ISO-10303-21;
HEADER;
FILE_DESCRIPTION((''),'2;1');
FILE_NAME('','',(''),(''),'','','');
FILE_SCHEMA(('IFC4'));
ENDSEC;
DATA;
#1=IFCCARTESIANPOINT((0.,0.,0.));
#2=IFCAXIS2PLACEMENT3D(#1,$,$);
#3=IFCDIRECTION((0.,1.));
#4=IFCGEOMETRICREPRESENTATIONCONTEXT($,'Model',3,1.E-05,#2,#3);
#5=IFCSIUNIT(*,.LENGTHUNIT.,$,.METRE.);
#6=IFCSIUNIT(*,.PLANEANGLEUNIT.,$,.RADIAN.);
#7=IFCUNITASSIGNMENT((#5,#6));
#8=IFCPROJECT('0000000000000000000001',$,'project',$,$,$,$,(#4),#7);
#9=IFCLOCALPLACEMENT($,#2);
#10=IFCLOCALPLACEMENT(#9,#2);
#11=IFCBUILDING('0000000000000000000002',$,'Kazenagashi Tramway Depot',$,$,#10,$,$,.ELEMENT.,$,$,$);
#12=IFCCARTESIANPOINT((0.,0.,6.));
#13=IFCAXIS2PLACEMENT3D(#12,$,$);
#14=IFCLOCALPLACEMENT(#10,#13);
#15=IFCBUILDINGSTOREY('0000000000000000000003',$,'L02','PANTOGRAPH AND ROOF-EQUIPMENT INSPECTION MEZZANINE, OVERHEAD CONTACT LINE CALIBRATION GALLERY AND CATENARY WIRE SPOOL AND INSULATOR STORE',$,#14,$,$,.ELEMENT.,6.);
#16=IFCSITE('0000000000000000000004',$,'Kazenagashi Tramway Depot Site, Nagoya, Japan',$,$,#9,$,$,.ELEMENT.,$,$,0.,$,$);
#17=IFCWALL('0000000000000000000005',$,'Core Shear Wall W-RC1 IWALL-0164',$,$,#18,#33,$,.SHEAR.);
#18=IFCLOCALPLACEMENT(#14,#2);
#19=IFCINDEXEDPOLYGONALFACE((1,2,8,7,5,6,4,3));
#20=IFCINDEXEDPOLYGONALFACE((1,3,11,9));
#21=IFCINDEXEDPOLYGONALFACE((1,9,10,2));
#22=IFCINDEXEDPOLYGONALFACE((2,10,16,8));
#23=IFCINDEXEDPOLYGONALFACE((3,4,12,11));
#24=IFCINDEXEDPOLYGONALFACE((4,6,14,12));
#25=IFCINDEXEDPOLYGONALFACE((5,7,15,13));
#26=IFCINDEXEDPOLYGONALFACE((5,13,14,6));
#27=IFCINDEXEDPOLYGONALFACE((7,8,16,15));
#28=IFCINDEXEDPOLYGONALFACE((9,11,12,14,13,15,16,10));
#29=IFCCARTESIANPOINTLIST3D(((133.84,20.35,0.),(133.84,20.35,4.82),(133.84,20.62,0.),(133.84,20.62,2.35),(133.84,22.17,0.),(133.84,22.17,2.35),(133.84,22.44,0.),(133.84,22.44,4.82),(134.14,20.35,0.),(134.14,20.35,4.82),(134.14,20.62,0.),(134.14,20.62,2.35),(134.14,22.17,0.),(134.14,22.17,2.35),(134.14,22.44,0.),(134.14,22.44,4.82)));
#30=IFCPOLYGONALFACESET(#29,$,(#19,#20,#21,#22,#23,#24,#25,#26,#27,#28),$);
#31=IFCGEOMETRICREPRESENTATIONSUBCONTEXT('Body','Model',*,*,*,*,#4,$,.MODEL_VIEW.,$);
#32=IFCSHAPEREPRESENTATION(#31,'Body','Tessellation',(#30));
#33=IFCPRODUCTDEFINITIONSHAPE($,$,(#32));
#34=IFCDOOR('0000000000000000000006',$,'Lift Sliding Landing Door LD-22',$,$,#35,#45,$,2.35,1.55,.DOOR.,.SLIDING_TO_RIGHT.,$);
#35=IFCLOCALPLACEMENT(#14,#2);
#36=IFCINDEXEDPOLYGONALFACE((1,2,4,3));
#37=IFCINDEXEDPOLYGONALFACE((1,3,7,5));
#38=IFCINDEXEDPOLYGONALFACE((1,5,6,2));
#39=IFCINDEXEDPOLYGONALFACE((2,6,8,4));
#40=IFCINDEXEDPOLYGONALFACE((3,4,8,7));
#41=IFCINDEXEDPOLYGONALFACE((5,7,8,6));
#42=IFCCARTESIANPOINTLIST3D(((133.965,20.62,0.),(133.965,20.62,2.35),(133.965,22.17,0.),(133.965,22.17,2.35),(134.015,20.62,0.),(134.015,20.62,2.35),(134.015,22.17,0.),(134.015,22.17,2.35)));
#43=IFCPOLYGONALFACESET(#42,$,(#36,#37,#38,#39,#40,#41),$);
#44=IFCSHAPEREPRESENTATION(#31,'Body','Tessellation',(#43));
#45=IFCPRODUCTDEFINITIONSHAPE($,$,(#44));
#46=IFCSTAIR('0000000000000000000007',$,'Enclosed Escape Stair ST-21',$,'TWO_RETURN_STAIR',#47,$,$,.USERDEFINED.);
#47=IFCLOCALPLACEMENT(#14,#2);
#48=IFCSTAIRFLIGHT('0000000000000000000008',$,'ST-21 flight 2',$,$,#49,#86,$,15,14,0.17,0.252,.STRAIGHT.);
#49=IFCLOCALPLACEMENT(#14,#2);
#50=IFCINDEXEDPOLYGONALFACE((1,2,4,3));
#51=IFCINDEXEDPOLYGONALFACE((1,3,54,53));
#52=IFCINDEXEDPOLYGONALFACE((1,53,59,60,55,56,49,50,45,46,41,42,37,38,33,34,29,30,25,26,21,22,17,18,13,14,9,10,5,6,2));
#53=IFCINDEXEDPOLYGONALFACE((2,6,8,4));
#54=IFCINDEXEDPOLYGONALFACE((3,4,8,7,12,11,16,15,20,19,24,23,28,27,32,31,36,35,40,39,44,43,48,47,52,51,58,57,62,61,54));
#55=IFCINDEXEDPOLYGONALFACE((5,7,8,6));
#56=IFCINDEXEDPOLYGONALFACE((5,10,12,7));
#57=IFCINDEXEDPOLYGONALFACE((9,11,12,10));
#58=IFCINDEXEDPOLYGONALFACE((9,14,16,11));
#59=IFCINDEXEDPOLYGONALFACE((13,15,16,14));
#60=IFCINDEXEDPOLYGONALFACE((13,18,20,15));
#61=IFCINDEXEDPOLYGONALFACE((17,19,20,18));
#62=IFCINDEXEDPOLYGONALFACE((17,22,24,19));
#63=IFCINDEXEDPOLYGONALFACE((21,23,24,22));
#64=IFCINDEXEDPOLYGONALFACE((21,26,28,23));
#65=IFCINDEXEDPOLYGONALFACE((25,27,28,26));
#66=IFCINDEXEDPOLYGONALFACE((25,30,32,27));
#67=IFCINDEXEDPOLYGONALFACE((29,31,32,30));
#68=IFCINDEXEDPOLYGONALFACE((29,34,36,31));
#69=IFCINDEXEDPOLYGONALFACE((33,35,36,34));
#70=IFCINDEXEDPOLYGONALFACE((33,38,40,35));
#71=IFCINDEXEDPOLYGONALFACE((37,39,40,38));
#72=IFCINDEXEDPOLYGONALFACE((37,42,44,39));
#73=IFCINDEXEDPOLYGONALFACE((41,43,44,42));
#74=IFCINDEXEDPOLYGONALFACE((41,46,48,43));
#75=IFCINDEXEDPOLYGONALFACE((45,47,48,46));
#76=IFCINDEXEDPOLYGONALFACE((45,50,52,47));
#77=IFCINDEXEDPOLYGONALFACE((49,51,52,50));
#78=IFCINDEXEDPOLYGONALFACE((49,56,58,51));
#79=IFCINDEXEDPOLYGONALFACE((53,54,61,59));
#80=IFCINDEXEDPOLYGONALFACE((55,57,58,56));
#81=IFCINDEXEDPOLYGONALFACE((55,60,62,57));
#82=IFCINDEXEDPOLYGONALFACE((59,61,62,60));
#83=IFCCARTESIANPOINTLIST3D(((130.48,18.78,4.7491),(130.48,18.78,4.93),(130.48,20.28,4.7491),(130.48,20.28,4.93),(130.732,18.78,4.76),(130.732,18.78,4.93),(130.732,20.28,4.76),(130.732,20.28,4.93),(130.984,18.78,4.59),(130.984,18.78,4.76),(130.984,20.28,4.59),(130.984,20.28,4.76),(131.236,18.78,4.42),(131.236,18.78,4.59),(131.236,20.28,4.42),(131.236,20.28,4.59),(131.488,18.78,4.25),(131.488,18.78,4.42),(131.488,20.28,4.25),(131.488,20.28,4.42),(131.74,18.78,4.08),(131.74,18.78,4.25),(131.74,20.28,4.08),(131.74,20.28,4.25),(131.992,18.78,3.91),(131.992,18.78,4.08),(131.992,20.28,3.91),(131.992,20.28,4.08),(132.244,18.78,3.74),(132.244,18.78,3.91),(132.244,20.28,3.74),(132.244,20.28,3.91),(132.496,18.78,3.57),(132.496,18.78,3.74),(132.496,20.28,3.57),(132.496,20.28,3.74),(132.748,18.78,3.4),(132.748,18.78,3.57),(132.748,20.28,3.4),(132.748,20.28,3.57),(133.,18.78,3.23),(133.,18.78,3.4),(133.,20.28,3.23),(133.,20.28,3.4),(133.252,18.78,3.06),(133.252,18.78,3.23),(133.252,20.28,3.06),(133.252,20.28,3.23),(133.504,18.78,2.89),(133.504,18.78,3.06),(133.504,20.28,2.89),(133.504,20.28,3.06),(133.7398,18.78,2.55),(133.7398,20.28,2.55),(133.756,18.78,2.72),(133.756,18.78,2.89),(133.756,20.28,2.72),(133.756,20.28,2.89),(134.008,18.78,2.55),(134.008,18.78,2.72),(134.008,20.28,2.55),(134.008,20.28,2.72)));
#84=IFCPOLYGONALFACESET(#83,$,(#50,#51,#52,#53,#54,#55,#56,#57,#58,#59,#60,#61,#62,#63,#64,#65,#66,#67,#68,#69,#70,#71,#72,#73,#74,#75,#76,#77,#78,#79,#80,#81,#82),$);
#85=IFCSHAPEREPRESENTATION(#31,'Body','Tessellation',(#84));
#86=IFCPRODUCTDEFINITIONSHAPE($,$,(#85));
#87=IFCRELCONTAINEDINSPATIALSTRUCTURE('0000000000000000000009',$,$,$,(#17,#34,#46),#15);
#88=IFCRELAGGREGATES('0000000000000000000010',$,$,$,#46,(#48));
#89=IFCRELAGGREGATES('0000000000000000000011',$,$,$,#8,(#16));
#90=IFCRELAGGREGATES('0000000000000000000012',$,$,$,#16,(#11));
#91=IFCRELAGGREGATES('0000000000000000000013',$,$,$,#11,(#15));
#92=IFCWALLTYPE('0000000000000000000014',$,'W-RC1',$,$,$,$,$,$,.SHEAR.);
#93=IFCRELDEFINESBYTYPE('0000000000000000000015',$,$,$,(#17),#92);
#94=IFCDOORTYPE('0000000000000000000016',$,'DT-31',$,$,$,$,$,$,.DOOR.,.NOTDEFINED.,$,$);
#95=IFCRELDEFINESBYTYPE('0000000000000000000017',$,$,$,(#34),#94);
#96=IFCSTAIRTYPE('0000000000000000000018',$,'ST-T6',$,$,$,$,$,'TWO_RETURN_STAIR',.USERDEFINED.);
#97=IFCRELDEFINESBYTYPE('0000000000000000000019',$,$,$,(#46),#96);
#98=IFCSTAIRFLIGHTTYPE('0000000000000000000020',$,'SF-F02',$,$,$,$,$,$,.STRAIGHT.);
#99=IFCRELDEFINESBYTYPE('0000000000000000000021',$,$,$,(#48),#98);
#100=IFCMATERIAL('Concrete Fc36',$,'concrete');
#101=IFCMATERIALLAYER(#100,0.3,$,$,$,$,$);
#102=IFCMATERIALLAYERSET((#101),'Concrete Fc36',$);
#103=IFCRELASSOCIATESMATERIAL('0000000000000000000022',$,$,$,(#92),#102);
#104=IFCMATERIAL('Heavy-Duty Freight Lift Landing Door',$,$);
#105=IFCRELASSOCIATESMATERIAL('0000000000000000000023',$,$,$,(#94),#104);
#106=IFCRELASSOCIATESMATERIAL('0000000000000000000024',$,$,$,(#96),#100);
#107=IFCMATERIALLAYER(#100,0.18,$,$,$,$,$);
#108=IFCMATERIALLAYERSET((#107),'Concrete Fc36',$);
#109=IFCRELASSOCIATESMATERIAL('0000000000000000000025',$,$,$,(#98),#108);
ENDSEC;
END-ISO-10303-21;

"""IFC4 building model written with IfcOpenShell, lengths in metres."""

from ifc_helpers import new_model, si_unit, direction, frame, frame_2d, origin, place, context, subcontext, project, spatial, polyline, rectangle, outline, extrude, material, layer, layer_set, type_object, element, fill, aggregate, save


model = new_model("IFC4")

# Units and contexts
model_context = context("Model", 3, precision=1e-05, world=origin(), true_north=direction((0.0, 1.0)))
body_context = subcontext(model_context, "Body", "Model", "MODEL_VIEW")
ifc_project = project(units=[si_unit("LENGTHUNIT", "METRE"), si_unit("PLANEANGLEUNIT", "RADIAN")], contexts=[model_context])

# Site, building, storey
site_placement = place(None, origin())
site = spatial("IfcSite", under=ifc_project, at=site_placement, Name="Kazenagashi Tramway Depot Site, Nagoya, Japan", CompositionType="ELEMENT", RefElevation=0.0)
building_placement = place(site_placement, origin())
building = spatial("IfcBuilding", under=site, at=building_placement, Name="Kazenagashi Tramway Depot", CompositionType="ELEMENT")
storey_placement = place(building_placement, frame((0.0, 0.0, 6.0)))
storey = spatial("IfcBuildingStorey", under=building, at=storey_placement, Name="L02", Description="PANTOGRAPH AND ROOF-EQUIPMENT INSPECTION MEZZANINE, OVERHEAD CONTACT LINE CALIBRATION GALLERY AND CATENARY WIRE SPOOL AND INSULATOR STORE", CompositionType="ELEMENT", Elevation=6.0)

# Shared definitions
ifc_material_1 = material(Name="Concrete Fc36", Category="concrete")
ifc_layer_1 = layer(ifc_material_1, 0.3)
ifc_layer_set_1 = layer_set([ifc_layer_1], Name="Concrete Fc36")
wall_type_1 = type_object("IfcWallType", Name="W-RC1", PredefinedType="SHEAR", material=ifc_layer_set_1)

# Wall, opening, door
wall_1_placement = place(storey_placement, frame((133.99, 20.35, 0.0), z_axis=(0.0, 0.0, 1.0), x_axis=(0.0, 1.0, 0.0)))
wall_1 = element("IfcWall", 1, at=wall_1_placement, inside=storey, type_object=wall_type_1, Name="Core Shear Wall W-RC1 IWALL-0164", PredefinedType="SHEAR", context=body_context, shape_type="SweptSolid", body=[
    extrude(rectangle(XDim=2.09, YDim=0.3, at=frame_2d((1.045, 0.0))), origin(), (0.0, 0.0, 1.0), 4.82),
])
opening_1_placement = place(wall_1_placement, frame((0.27, 0.0, 0.0)))
opening_1 = element("IfcOpeningElement", 2, at=opening_1_placement, cuts=wall_1, PredefinedType="OPENING", context=body_context, shape_type="SweptSolid", body=[
    extrude(rectangle(XDim=1.55, YDim=2.35, at=frame_2d((0.775, 1.175))), frame((0.0, 0.16, 0.0), z_axis=(0.0, -1.0, 0.0), x_axis=(1.0, 0.0, 0.0)), (0.0, 0.0, 1.0), 0.32),
])
ifc_material_2 = material(Name="Heavy-Duty Freight Lift Landing Door")
door_type_1 = type_object("IfcDoorType", Name="DT-31", OperationType="NOTDEFINED", PredefinedType="DOOR", material=ifc_material_2)
door_1_placement = place(opening_1_placement, origin())
door_1 = element("IfcDoor", 3, at=door_1_placement, inside=storey, type_object=door_type_1, Name="Lift Sliding Landing Door LD-22", OperationType="SLIDING_TO_RIGHT", OverallHeight=2.35, OverallWidth=1.55, PredefinedType="DOOR", context=body_context, shape_type="SweptSolid", body=[
    extrude(rectangle(XDim=1.55, YDim=2.35, at=frame_2d((0.775, 1.175))), frame((0.0, 0.025, 0.0), z_axis=(0.0, -1.0, 0.0), x_axis=(1.0, 0.0, 0.0)), (0.0, 0.0, 1.0), 0.05),
])
fill(opening_1, door_1)

# Stair, stair flight
stair_type = type_object("IfcStairType", Name="ST-T6", ElementType="TWO_RETURN_STAIR", PredefinedType="USERDEFINED", material=ifc_material_1)
stair_placement = place(storey_placement, origin())
stair = element("IfcStair", 4, at=stair_placement, inside=storey, type_object=stair_type, Name="Enclosed Escape Stair ST-21", ObjectType="TWO_RETURN_STAIR", PredefinedType="USERDEFINED")
ifc_layer_2 = layer(ifc_material_1, 0.18)
ifc_layer_set_2 = layer_set([ifc_layer_2], Name="Concrete Fc36")
stair_flight_type = type_object("IfcStairFlightType", Name="SF-F02", PredefinedType="STRAIGHT", material=ifc_layer_set_2)
stair_flight_placement = place(storey_placement, frame((134.008, 19.53, 2.55), z_axis=(0.0, 0.0, 1.0), x_axis=(-1.0, 0.0, 0.0)))
stair_flight = element("IfcStairFlight", 5, at=stair_flight_placement, type_object=stair_flight_type, Name="ST-21 flight 2", NumberOfRisers=15, NumberOfTreads=14, PredefinedType="STRAIGHT", RiserHeight=0.17, TreadLength=0.252, context=body_context, shape_type="SweptSolid", body=[
    extrude(outline(polyline([(0.0, 0.0), (0.0, 0.17), (0.252, 0.17), (0.252, 0.34), (0.504, 0.34), (0.504, 0.51), (0.756, 0.51), (0.756, 0.68), (1.008, 0.68), (1.008, 0.85), (1.26, 0.85), (1.26, 1.02), (1.512, 1.02), (1.512, 1.19), (1.764, 1.19), (1.764, 1.36), (2.016, 1.36), (2.016, 1.53), (2.268, 1.53), (2.268, 1.7), (2.52, 1.7), (2.52, 1.87), (2.772, 1.87), (2.772, 2.04), (3.024, 2.04), (3.024, 2.21), (3.276, 2.21), (3.276, 2.38), (3.528, 2.38), (3.528, 2.55), (3.528, 2.1991), (0.2682, 0.0), (0.0, 0.0)])), frame((0.0, 0.75, 0.0), z_axis=(0.0, -1.0, 0.0), x_axis=(1.0, 0.0, 0.0)), (0.0, 0.0, 1.0), 1.5),
])
aggregate(stair, [stair_flight])

save(model, "model.ifc")
